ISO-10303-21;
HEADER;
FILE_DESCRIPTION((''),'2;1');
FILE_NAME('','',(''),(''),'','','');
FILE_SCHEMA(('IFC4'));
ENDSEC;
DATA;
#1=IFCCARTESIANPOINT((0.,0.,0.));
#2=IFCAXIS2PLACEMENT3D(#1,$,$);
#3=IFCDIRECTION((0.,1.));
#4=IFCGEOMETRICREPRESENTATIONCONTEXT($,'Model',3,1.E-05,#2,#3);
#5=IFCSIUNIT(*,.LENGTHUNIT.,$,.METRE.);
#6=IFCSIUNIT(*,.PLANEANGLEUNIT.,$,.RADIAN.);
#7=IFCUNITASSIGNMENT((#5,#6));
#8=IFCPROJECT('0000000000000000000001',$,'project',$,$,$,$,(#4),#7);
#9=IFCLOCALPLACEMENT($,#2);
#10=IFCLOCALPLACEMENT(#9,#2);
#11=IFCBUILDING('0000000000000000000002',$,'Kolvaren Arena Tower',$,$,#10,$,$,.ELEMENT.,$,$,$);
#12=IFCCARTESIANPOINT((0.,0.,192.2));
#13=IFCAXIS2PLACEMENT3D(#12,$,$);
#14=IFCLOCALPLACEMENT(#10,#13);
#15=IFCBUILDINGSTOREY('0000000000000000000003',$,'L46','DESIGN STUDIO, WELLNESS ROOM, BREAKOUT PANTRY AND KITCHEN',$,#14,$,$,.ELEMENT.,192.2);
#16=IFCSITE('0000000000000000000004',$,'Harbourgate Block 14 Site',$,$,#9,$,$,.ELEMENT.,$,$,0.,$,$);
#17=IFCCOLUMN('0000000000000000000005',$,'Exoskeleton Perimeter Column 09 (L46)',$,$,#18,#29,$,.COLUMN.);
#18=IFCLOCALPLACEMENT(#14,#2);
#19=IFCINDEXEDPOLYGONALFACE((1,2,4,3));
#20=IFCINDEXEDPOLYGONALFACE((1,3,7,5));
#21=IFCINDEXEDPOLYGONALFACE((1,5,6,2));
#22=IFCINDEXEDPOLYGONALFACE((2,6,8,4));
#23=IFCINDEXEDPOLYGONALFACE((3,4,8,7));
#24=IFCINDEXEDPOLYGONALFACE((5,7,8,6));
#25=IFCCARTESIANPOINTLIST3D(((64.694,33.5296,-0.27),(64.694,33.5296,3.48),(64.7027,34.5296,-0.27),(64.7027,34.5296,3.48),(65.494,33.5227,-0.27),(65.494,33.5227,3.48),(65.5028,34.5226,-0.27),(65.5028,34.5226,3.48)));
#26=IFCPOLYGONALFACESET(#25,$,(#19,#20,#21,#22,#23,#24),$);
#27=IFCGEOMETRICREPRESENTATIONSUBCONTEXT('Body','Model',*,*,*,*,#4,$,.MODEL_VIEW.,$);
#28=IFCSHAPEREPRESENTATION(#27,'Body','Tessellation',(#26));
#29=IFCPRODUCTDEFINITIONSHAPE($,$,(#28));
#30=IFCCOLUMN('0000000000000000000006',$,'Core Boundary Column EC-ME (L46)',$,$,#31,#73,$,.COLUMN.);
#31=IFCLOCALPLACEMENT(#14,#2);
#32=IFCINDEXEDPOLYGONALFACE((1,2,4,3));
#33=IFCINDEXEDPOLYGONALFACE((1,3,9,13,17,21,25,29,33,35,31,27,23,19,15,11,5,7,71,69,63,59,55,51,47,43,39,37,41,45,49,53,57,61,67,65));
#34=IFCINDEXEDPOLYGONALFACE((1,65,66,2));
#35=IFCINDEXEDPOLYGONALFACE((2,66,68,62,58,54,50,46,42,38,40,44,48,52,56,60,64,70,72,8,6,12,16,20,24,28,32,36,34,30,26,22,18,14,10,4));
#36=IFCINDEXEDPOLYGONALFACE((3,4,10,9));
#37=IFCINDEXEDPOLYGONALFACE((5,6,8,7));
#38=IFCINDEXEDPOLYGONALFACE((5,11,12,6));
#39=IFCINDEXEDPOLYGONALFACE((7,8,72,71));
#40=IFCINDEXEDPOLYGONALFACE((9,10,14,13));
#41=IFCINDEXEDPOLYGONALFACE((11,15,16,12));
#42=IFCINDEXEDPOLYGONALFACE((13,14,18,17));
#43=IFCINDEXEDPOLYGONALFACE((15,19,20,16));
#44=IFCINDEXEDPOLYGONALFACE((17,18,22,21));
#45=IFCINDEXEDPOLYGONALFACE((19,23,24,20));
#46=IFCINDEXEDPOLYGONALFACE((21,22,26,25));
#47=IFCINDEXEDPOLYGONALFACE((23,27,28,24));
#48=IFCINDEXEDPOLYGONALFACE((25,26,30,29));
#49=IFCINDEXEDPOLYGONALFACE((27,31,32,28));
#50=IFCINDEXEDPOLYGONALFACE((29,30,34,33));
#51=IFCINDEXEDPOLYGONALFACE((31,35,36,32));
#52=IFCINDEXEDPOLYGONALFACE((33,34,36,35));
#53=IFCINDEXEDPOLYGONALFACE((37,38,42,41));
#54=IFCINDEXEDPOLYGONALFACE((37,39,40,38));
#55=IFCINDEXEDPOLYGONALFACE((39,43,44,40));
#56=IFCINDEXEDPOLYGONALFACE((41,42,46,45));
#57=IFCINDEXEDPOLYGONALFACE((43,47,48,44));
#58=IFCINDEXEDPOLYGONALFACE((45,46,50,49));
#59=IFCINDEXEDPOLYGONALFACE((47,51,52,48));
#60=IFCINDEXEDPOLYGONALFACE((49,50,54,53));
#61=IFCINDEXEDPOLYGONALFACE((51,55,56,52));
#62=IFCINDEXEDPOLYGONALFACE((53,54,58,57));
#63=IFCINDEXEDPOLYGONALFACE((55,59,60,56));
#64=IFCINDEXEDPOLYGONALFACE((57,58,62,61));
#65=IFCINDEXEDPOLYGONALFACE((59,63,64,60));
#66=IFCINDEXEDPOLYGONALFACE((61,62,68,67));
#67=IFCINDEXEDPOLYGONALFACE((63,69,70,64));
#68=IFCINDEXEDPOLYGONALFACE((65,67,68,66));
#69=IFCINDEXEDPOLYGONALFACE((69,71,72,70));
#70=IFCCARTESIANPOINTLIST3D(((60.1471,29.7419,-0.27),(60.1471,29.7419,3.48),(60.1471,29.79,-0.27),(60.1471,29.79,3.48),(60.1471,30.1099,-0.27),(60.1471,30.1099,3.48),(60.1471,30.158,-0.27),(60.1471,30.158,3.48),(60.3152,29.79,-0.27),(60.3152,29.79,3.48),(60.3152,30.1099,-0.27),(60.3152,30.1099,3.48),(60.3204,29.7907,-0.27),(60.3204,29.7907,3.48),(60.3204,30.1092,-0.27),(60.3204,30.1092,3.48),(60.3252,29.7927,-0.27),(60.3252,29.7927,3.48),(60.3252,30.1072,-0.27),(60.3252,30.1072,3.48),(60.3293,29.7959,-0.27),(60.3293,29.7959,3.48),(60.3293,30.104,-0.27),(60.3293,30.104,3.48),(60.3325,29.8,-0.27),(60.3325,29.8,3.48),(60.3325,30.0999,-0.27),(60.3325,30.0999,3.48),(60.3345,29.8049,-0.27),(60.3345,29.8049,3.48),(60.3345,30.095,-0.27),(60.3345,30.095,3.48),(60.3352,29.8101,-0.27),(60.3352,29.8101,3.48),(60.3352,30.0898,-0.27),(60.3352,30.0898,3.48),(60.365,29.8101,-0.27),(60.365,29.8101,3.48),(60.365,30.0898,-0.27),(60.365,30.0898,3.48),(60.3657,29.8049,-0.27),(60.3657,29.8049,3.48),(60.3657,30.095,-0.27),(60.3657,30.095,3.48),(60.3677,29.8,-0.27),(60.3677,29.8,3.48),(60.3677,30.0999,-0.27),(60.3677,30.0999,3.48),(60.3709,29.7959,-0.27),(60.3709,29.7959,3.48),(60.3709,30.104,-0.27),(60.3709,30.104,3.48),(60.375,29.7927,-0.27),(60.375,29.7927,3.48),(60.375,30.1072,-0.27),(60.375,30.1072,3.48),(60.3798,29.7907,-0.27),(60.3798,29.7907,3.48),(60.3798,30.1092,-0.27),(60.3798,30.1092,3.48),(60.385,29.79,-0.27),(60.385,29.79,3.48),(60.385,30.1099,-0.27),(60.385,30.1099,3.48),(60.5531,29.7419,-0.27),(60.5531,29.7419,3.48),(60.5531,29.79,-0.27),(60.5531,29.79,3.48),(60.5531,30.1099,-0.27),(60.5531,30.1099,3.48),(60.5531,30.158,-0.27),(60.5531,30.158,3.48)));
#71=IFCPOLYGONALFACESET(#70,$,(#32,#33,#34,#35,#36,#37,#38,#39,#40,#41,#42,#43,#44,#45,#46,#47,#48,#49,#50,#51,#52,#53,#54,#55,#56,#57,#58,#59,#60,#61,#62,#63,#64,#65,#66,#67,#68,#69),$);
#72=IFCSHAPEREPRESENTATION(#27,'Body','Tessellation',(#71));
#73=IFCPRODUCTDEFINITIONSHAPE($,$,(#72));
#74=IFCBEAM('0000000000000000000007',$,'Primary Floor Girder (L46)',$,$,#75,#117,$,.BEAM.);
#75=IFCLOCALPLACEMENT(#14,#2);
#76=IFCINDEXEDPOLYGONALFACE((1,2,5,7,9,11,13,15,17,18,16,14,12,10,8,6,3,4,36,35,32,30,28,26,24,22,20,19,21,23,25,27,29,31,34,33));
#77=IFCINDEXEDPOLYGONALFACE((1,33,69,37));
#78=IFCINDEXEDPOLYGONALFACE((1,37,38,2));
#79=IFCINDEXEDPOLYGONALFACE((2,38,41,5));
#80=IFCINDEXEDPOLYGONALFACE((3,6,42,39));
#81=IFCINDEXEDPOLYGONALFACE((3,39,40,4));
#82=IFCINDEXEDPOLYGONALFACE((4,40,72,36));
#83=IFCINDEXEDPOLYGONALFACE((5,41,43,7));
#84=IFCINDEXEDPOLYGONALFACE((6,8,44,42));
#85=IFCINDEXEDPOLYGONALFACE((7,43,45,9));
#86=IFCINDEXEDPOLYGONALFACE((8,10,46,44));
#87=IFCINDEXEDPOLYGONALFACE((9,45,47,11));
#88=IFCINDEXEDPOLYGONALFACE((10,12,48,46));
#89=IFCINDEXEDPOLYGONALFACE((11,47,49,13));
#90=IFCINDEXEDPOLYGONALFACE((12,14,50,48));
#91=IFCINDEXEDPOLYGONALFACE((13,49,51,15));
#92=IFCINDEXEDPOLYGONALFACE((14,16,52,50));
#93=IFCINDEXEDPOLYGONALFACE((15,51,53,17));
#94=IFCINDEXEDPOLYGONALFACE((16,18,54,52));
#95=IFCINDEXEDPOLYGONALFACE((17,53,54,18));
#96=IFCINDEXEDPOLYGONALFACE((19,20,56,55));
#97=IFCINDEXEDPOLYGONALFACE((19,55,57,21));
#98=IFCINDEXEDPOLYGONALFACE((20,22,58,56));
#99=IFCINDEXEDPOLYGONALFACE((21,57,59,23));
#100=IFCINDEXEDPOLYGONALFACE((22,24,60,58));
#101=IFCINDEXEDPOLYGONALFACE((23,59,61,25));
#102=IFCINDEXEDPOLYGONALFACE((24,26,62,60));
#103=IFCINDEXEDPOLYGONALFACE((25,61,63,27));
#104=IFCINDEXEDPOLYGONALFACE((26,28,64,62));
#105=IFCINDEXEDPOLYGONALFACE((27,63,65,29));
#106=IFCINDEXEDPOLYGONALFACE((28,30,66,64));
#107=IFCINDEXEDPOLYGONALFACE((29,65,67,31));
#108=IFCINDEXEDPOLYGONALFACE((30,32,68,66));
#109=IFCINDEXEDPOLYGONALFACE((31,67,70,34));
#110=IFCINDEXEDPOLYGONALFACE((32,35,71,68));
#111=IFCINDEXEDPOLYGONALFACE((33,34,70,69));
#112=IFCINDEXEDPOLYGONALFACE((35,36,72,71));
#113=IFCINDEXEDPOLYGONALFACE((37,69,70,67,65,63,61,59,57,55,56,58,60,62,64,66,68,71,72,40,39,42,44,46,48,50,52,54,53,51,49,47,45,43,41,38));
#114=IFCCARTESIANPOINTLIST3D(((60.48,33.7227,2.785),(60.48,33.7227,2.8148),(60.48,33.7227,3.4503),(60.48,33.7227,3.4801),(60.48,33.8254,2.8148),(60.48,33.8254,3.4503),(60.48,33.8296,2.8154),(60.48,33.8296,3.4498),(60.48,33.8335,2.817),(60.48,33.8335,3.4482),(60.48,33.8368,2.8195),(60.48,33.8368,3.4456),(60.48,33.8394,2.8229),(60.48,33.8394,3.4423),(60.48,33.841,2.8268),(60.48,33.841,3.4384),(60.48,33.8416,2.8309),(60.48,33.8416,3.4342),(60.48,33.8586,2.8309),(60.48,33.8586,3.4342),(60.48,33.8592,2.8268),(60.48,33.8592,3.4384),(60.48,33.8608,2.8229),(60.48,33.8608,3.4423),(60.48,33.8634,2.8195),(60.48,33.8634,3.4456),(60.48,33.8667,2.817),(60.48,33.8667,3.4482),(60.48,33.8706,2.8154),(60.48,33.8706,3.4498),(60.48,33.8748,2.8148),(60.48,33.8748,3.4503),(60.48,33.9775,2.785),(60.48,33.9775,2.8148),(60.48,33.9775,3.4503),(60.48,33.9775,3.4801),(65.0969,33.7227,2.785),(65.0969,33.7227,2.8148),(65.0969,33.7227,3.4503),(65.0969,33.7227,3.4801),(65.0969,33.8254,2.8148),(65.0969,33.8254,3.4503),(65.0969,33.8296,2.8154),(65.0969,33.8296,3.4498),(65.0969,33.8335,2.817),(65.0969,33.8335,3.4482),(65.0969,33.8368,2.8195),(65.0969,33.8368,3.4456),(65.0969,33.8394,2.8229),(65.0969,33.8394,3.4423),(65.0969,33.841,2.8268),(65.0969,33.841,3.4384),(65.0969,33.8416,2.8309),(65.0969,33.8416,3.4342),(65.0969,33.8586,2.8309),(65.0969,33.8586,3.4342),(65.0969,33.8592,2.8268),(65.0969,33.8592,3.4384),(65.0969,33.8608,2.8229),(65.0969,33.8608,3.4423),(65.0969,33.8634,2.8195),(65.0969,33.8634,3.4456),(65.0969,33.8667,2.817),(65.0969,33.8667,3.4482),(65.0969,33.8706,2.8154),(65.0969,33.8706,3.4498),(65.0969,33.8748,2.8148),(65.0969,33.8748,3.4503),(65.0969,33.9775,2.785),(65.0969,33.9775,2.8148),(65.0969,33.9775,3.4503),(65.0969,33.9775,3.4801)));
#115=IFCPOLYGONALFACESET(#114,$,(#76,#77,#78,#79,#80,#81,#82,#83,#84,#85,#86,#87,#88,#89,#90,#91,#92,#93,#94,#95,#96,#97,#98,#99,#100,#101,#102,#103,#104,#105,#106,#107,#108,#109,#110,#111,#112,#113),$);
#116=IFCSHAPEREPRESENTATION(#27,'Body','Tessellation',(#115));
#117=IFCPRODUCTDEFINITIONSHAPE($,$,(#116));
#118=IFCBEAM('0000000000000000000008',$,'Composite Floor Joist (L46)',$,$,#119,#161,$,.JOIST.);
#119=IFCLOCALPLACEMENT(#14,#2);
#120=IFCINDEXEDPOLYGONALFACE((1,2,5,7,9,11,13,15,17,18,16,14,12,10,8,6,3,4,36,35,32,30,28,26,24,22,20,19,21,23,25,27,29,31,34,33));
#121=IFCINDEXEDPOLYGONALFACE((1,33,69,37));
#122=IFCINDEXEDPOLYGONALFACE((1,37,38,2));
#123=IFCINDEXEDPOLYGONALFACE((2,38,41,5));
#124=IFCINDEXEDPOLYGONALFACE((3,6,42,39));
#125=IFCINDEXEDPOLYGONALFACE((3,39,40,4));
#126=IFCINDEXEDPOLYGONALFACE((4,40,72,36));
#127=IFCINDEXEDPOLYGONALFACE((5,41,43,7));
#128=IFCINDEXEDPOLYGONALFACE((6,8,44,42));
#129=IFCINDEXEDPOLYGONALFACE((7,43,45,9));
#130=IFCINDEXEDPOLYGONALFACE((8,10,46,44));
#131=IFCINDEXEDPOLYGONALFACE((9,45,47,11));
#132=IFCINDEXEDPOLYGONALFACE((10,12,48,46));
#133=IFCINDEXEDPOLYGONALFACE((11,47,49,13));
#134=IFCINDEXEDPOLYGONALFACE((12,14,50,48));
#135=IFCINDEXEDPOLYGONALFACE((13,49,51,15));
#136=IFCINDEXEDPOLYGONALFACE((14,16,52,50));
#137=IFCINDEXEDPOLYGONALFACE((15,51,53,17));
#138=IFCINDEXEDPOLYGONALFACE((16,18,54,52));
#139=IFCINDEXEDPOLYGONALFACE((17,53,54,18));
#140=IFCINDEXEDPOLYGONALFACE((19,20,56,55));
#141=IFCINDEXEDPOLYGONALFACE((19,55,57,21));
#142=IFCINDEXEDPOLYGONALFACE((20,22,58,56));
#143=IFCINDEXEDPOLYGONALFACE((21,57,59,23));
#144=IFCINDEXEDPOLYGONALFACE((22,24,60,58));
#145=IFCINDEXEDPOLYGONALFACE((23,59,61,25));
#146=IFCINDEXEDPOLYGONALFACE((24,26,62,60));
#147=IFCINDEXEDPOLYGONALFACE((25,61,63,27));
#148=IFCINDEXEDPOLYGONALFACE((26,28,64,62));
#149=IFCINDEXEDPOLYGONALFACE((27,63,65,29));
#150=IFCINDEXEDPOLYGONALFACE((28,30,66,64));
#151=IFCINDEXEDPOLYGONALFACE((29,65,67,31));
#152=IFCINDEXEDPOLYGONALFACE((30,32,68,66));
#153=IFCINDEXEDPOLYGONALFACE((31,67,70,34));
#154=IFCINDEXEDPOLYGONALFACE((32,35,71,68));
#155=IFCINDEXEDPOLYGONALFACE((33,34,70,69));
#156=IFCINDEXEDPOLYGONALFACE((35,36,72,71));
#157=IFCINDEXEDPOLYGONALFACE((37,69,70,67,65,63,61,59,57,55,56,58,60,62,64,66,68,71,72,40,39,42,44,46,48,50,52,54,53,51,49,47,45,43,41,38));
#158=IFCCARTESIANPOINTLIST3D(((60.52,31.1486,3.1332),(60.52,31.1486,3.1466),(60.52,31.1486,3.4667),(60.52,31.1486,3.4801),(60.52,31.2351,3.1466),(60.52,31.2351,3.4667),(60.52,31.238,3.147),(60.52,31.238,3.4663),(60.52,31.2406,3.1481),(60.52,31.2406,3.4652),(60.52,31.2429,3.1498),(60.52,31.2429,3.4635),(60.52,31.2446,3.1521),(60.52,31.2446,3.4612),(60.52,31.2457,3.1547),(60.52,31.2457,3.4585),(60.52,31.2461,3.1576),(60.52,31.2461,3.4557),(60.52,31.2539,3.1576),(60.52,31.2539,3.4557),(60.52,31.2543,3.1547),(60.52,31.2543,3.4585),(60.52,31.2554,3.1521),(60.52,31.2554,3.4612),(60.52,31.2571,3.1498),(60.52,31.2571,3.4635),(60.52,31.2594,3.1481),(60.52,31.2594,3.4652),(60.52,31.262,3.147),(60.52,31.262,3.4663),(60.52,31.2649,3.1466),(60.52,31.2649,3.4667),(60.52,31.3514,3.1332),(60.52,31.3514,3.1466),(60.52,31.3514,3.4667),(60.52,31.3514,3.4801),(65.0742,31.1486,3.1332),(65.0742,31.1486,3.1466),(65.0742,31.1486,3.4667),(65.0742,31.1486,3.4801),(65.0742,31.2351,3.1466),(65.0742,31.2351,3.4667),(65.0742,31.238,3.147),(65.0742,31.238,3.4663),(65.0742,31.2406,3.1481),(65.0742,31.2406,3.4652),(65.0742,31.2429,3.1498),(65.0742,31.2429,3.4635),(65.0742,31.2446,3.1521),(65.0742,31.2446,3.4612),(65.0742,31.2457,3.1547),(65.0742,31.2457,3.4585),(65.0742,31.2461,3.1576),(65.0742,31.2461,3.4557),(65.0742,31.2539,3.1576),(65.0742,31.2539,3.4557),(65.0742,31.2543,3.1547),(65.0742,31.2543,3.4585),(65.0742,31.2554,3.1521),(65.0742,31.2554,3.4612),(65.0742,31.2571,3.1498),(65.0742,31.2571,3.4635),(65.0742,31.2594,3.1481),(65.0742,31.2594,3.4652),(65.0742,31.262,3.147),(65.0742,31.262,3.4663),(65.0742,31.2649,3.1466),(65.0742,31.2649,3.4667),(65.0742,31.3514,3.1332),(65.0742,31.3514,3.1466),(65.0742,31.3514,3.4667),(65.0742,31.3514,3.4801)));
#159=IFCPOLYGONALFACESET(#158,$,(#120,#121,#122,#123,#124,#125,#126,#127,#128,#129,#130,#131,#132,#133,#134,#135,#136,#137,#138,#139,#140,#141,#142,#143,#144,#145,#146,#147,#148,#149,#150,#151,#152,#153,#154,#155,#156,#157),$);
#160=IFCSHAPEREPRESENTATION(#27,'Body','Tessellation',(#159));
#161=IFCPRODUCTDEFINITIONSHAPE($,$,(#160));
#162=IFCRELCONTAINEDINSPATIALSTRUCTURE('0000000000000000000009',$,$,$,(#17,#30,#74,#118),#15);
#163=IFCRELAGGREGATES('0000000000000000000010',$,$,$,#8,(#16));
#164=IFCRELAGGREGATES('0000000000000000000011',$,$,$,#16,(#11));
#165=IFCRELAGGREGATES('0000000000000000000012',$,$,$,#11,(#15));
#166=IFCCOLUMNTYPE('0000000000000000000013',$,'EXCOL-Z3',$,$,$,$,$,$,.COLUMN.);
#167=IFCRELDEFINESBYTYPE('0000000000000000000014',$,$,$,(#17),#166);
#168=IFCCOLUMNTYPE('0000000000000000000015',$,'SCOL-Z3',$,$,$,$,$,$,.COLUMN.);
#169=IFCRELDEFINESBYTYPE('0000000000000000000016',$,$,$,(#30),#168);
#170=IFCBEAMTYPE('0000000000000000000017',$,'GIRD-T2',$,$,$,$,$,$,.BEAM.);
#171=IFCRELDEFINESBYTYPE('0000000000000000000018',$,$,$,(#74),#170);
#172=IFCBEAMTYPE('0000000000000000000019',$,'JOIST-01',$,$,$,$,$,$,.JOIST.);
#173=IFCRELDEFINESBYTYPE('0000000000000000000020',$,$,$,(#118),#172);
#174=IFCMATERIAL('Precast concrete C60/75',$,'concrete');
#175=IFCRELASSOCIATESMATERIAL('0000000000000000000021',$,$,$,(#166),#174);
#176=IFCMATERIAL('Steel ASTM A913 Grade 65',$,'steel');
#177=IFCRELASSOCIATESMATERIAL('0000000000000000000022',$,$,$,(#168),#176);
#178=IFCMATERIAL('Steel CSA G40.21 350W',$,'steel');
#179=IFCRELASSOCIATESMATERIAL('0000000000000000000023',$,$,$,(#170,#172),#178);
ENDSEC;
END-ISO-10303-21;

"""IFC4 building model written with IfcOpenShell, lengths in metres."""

from ifc_helpers import new_model, si_unit, direction, frame, origin, origin_2d, place, context, subcontext, project, spatial, rectangle, i_section, extrude, material, material_profile, profile_set, type_object, element, save


model = new_model("IFC4")

# Units and contexts
model_context = context("Model", 3, precision=1e-05, world=origin(), true_north=direction((0.0, 1.0)))
body_context = subcontext(model_context, "Body", "Model", "MODEL_VIEW")
ifc_project = project(units=[si_unit("LENGTHUNIT", "METRE"), si_unit("PLANEANGLEUNIT", "RADIAN")], contexts=[model_context])

# Site, building, storey
site_placement = place(None, origin())
site = spatial("IfcSite", under=ifc_project, at=site_placement, Name="Harbourgate Block 14 Site", CompositionType="ELEMENT", RefElevation=0.0)
building_placement = place(site_placement, origin())
building = spatial("IfcBuilding", under=site, at=building_placement, Name="Kolvaren Arena Tower", CompositionType="ELEMENT")
storey_placement = place(building_placement, frame((0.0, 0.0, 192.2)))
storey = spatial("IfcBuildingStorey", under=building, at=storey_placement, Name="L46", Description="DESIGN STUDIO, WELLNESS ROOM, BREAKOUT PANTRY AND KITCHEN", CompositionType="ELEMENT", Elevation=192.2)

# Columns
ifc_material_1 = material(Name="Precast concrete C60/75", Category="concrete")
ifc_material_profile_1 = material_profile(ifc_material_1, rectangle(XDim=1.0, YDim=0.8, at=origin_2d()), Name="RC-1000x800")
ifc_profile_set_1 = profile_set([ifc_material_profile_1], Name="Precast concrete C60/75")
column_type_1 = type_object("IfcColumnType", Name="EXCOL-Z3", PredefinedType="COLUMN", material=ifc_profile_set_1)
column_1_placement = place(storey_placement, frame((65.0984, 34.0261, -0.27), z_axis=(0.0, 0.0, 1.0), x_axis=(0.008727, 0.999962, 0.0)))
element("IfcColumn", 1, at=column_1_placement, inside=storey, type_object=column_type_1, Name="Exoskeleton Perimeter Column 09 (L46)", PredefinedType="COLUMN", context=body_context, shape_type="SweptSolid", body=[
    extrude(rectangle(XDim=1.0, YDim=0.8, at=origin_2d()), origin(), (0.0, 0.0, 1.0), 3.75),
])
ifc_material_2 = material(Name="Steel ASTM A913 Grade 65", Category="steel")
ifc_material_profile_2 = material_profile(ifc_material_2, i_section(OverallWidth=0.406, OverallDepth=0.416, WebThickness=0.0298, FlangeThickness=0.0481, FilletRadius=0.02, at=origin_2d()), Name="W360x382")
ifc_profile_set_2 = profile_set([ifc_material_profile_2], Name="Steel ASTM A913 Grade 65")
column_type_2 = type_object("IfcColumnType", Name="SCOL-Z3", PredefinedType="COLUMN", material=ifc_profile_set_2)
column_2_placement = place(storey_placement, frame((60.3501, 29.95, -0.27), z_axis=(0.0, 0.0, 1.0), x_axis=(1.0, 0.0, 0.0)))
element("IfcColumn", 2, at=column_2_placement, inside=storey, type_object=column_type_2, Name="Core Boundary Column EC-ME (L46)", PredefinedType="COLUMN", context=body_context, shape_type="SweptSolid", body=[
    extrude(i_section(OverallWidth=0.406, OverallDepth=0.416, WebThickness=0.0298, FlangeThickness=0.0481, FilletRadius=0.02, at=origin_2d()), origin(), (0.0, 0.0, 1.0), 3.75),
])

# Beams
ifc_material_3 = material(Name="Steel CSA G40.21 350W", Category="steel")
ifc_material_profile_3 = material_profile(ifc_material_3, i_section(OverallWidth=0.2549, OverallDepth=0.6951, WebThickness=0.0171, FlangeThickness=0.0298, FilletRadius=0.0161, at=origin_2d()), Name="W690x217")
ifc_profile_set_3 = profile_set([ifc_material_profile_3], Name="Steel CSA G40.21 350W")
beam_type_1 = type_object("IfcBeamType", Name="GIRD-T2", PredefinedType="BEAM", material=ifc_profile_set_3)
beam_1_placement = place(storey_placement, frame((60.48, 33.8501, 3.1326), z_axis=(1.0, 0.0, 0.0), x_axis=(0.0, 1.0, 0.0)))
element("IfcBeam", 3, at=beam_1_placement, inside=storey, type_object=beam_type_1, Name="Primary Floor Girder (L46)", PredefinedType="BEAM", context=body_context, shape_type="SweptSolid", body=[
    extrude(i_section(OverallWidth=0.2549, OverallDepth=0.6951, WebThickness=0.0171, FlangeThickness=0.0298, FilletRadius=0.0161, at=origin_2d()), origin(), (0.0, 0.0, 1.0), 4.6169),
])
ifc_material_profile_4 = material_profile(ifc_material_3, i_section(OverallWidth=0.2029, OverallDepth=0.3469, WebThickness=0.0078, FlangeThickness=0.0134, FilletRadius=0.011, at=origin_2d()), Name="W360x64")
ifc_profile_set_4 = profile_set([ifc_material_profile_4], Name="Steel CSA G40.21 350W")
beam_type_2 = type_object("IfcBeamType", Name="JOIST-01", PredefinedType="JOIST", material=ifc_profile_set_4)
beam_2_placement = place(storey_placement, frame((60.52, 31.25, 3.3066), z_axis=(1.0, 0.0, 0.0), x_axis=(0.0, 1.0, 0.0)))
element("IfcBeam", 4, at=beam_2_placement, inside=storey, type_object=beam_type_2, Name="Composite Floor Joist (L46)", PredefinedType="JOIST", context=body_context, shape_type="SweptSolid", body=[
    extrude(i_section(OverallWidth=0.2029, OverallDepth=0.3469, WebThickness=0.0078, FlangeThickness=0.0134, FilletRadius=0.011, at=origin_2d()), origin(), (0.0, 0.0, 1.0), 4.5542),
])

save(model, "model.ifc")
